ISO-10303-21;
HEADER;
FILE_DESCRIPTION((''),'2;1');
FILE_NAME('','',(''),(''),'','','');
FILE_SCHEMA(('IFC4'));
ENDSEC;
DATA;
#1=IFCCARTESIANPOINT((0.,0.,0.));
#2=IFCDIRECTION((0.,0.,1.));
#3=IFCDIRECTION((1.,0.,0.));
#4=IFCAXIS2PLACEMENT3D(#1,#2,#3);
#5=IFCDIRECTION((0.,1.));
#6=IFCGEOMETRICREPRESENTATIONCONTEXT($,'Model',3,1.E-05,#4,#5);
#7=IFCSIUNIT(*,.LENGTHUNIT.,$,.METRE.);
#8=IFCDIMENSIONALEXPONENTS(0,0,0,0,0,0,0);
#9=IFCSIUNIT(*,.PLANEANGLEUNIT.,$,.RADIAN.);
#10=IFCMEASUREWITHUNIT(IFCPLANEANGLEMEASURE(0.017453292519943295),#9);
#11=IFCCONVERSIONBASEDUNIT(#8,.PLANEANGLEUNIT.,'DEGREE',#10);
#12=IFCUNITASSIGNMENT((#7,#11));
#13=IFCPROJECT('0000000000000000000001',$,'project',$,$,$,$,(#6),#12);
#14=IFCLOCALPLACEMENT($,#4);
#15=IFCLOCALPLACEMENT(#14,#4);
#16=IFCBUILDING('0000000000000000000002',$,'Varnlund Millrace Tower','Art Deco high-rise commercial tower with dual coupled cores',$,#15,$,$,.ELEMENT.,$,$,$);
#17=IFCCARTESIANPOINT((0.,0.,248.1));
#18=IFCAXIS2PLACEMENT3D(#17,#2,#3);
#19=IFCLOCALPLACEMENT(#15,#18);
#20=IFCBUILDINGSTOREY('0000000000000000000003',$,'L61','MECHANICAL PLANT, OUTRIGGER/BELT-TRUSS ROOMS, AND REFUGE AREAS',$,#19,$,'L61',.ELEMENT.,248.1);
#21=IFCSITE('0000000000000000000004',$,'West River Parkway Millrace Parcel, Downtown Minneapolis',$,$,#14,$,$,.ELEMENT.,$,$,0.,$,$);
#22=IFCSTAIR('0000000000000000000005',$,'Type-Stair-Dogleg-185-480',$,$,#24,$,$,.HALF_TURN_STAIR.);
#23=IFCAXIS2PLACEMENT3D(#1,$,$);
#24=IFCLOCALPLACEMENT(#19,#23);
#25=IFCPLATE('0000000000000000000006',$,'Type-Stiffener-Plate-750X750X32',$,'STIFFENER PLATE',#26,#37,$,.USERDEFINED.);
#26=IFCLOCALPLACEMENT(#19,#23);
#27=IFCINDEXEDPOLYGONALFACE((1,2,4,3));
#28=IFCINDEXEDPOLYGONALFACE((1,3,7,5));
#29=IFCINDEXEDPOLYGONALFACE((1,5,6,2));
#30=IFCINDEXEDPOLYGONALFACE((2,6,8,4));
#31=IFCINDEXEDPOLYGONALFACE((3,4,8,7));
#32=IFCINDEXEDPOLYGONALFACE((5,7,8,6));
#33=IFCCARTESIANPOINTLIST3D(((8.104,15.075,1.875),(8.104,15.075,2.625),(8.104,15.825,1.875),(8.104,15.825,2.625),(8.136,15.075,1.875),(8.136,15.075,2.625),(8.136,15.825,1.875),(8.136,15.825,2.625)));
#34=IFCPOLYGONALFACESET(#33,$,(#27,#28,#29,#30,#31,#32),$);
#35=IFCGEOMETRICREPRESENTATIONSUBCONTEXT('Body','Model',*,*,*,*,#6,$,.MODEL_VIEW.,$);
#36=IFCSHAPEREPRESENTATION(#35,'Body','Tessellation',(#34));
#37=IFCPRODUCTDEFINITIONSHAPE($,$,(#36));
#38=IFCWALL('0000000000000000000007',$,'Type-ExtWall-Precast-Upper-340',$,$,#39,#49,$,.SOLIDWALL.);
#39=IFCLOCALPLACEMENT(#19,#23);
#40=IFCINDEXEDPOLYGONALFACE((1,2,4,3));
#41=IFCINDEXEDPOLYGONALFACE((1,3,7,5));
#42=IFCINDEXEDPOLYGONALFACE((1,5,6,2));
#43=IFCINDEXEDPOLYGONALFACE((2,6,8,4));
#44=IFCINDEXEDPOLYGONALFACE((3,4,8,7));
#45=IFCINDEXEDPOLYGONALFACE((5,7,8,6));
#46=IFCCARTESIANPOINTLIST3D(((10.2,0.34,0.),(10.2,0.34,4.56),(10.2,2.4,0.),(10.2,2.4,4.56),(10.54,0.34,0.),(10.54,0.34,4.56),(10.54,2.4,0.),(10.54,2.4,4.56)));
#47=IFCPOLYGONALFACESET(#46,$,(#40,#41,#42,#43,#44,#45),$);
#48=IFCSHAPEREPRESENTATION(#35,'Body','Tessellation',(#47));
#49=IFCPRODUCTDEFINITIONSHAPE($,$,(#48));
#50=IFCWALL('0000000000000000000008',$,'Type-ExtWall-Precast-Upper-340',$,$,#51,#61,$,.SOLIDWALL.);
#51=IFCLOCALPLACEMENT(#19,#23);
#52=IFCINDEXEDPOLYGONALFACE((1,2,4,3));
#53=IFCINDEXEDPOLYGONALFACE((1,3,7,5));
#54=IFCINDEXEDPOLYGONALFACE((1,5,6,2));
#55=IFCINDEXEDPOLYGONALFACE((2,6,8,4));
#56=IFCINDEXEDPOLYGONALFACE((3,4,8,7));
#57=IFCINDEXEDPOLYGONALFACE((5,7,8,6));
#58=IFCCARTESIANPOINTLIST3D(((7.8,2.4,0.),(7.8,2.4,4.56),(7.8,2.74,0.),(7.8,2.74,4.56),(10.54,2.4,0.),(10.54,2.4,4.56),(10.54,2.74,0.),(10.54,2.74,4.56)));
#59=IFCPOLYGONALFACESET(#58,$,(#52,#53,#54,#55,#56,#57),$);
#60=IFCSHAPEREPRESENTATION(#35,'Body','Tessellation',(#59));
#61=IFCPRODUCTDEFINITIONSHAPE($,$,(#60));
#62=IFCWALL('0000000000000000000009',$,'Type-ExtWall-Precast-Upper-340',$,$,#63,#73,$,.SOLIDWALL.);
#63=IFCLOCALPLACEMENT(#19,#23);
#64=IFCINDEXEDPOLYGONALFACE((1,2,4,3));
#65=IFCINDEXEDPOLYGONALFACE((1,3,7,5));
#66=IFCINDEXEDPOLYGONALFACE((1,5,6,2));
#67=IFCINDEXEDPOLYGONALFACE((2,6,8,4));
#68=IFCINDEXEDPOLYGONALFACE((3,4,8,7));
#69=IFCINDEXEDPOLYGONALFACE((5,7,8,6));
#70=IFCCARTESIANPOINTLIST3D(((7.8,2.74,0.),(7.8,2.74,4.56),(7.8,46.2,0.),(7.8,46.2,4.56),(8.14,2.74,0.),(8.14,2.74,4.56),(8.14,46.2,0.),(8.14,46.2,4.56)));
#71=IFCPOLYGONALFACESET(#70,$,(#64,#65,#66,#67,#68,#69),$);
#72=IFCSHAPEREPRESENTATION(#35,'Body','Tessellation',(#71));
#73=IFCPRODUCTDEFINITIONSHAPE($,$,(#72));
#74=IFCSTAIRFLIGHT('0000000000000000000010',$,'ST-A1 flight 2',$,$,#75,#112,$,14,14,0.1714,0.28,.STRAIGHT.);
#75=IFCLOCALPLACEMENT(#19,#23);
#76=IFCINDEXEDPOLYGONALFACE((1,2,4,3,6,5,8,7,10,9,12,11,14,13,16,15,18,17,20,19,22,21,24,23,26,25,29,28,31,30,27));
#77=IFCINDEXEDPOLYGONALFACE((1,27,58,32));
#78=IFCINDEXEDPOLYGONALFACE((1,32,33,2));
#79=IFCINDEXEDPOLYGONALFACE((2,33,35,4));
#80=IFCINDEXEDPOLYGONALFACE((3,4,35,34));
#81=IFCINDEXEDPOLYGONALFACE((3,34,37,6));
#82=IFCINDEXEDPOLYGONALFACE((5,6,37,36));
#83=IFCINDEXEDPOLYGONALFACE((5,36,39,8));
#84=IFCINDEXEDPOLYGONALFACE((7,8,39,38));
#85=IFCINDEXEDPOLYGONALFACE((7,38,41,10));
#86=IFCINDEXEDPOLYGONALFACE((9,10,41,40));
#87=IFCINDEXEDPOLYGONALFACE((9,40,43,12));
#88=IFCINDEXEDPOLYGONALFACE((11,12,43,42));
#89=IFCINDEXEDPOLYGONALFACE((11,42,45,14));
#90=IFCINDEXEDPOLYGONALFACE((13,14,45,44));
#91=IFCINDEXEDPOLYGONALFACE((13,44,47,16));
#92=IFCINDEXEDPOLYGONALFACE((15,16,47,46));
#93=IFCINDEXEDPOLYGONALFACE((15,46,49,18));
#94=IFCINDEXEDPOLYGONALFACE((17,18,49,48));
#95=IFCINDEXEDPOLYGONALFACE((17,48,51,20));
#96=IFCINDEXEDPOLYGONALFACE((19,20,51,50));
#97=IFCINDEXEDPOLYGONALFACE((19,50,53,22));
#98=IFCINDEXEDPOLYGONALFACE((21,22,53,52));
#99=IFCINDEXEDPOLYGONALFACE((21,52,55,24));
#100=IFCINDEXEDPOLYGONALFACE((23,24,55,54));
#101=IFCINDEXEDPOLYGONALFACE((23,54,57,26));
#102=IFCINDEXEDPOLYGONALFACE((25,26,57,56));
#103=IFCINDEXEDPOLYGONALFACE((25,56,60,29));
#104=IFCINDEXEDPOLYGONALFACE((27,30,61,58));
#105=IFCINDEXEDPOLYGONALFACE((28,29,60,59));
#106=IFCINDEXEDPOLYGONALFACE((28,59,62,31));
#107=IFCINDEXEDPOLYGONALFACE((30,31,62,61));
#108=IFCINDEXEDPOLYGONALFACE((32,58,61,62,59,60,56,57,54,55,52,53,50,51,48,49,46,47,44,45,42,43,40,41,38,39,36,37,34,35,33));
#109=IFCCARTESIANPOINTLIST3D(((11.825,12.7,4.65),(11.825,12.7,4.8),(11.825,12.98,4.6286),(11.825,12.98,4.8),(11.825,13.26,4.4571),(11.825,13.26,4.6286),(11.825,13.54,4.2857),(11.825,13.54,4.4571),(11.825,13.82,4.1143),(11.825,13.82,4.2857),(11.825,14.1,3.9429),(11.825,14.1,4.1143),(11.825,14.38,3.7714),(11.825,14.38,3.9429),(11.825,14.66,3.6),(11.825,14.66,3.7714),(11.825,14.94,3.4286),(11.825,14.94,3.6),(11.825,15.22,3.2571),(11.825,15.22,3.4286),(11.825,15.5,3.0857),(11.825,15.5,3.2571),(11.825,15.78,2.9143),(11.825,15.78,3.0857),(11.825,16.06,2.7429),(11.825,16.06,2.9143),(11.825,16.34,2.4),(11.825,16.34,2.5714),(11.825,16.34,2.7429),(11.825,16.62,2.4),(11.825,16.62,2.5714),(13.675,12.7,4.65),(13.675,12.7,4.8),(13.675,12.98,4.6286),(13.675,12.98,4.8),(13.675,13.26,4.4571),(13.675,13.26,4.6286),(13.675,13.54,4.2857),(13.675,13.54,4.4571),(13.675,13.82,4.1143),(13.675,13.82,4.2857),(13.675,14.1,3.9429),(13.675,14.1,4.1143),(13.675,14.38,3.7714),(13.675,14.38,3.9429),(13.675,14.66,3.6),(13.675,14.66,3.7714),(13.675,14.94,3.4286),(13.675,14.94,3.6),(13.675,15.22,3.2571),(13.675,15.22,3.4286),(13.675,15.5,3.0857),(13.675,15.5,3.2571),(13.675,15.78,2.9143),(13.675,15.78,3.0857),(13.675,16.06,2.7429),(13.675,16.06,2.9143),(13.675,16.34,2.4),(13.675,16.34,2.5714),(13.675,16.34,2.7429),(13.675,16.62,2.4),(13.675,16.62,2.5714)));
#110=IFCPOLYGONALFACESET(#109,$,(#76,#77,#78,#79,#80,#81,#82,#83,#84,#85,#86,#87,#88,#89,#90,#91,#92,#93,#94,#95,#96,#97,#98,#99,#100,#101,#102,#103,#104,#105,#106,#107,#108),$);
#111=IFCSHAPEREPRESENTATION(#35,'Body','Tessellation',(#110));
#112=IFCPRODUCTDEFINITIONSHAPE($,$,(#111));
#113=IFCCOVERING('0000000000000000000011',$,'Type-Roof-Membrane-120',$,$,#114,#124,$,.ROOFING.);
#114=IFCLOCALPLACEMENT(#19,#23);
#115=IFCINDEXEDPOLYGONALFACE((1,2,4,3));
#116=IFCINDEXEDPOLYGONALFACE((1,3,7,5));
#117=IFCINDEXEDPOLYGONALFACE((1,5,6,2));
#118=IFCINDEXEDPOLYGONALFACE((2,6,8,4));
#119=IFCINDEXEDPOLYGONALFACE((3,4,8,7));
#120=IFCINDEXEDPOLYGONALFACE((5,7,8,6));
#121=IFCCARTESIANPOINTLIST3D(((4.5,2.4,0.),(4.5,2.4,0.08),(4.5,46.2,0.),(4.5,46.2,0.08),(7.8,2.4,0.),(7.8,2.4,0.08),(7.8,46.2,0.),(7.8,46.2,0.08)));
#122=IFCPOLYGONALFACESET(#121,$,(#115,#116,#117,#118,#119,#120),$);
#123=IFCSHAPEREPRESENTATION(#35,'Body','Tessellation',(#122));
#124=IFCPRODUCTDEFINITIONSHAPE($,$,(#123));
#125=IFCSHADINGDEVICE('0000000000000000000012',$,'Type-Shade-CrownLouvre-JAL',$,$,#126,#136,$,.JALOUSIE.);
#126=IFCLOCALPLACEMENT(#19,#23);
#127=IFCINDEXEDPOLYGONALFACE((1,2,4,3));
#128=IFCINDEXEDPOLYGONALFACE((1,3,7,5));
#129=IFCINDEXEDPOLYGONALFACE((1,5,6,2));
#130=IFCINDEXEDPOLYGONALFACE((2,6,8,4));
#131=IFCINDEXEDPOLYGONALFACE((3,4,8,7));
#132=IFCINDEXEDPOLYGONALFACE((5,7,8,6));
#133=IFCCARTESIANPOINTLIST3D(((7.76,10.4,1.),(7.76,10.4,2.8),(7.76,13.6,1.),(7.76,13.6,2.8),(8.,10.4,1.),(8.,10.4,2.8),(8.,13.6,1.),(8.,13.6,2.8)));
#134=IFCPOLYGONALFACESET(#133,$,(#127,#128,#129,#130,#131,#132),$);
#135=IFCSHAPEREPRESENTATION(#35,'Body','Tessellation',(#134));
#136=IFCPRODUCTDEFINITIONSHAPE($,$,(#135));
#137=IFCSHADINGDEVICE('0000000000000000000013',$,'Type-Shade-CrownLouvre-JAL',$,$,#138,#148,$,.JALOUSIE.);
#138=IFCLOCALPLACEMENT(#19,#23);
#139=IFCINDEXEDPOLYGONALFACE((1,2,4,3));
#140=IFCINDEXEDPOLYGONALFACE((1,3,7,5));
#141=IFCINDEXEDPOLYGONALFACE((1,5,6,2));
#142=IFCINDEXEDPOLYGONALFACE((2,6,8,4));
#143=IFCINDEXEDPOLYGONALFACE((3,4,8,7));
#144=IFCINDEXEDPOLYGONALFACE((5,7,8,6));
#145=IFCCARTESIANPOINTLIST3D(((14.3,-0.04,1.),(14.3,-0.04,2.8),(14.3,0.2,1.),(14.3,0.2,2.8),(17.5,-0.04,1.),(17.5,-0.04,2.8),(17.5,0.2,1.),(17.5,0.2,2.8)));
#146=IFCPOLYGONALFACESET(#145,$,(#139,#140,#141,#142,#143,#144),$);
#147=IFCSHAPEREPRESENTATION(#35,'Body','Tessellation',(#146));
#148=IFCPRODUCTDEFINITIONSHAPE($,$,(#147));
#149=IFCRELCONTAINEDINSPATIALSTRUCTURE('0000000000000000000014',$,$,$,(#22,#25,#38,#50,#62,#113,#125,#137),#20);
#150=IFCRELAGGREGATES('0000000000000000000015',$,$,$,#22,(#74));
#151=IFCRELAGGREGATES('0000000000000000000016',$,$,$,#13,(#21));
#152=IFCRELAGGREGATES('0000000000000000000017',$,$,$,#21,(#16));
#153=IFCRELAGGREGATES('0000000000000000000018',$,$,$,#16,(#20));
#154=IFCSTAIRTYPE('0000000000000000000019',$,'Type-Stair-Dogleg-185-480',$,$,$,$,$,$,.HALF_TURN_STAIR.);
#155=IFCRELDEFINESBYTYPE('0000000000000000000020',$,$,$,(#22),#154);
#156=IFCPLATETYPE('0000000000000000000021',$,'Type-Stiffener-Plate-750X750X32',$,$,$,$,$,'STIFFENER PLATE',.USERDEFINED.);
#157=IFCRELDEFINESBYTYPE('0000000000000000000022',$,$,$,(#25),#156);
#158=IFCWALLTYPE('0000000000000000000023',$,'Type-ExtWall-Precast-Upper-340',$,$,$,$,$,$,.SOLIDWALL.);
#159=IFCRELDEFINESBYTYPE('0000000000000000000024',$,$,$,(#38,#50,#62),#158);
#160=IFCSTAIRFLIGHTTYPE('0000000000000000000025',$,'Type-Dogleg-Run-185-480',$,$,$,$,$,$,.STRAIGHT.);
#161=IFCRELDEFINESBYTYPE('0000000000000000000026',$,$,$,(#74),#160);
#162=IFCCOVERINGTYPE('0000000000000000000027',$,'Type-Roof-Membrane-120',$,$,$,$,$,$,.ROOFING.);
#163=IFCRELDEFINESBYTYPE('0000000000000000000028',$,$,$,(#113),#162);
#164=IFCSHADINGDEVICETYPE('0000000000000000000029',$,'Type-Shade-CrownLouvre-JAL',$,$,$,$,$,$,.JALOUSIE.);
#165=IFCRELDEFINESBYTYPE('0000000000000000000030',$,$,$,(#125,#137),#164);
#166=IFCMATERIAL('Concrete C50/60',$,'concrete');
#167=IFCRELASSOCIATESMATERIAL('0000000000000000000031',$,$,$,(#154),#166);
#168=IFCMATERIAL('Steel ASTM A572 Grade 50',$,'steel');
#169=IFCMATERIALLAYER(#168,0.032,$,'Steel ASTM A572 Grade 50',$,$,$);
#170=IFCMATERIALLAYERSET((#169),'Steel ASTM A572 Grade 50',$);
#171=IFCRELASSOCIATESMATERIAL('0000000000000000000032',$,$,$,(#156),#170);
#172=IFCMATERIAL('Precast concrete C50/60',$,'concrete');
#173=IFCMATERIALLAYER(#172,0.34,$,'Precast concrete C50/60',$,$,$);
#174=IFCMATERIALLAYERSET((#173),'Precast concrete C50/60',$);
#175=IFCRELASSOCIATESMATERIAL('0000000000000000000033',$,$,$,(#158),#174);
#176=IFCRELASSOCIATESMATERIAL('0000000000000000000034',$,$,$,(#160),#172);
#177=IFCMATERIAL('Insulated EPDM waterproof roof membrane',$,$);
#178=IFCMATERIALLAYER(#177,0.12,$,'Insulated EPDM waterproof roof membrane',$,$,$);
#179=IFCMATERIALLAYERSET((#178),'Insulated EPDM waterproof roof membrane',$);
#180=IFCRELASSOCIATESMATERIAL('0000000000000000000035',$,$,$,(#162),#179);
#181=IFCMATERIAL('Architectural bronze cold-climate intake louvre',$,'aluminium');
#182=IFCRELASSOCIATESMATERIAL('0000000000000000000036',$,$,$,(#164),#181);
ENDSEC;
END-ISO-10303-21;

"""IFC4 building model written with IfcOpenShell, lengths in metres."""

from ifc_helpers import new_model, entity, si_unit, converted_unit, direction, frame, origin_with_axes, origin_2d_with_axis, place, context, subcontext, project, spatial, polyline, rectangle, outline, extrude, material, layer, layer_set, type_object, element, aggregate, save


model = new_model("IFC4")

# Units and contexts
model_context = context("Model", 3, precision=1e-05, world=origin_with_axes(), true_north=direction((0.0, 1.0)))
body_context = subcontext(model_context, "Body", "Model", "MODEL_VIEW")
ifc_project = project(units=[si_unit("LENGTHUNIT", "METRE"), converted_unit("PLANEANGLEUNIT", "DEGREE", entity("IfcPlaneAngleMeasure", 0.017453292519943295), si_unit("PLANEANGLEUNIT", "RADIAN"), dimensions=[0, 0, 0, 0, 0, 0, 0])], contexts=[model_context])

# Site, building, storey
site_placement = place(None, origin_with_axes())
site = spatial("IfcSite", under=ifc_project, at=site_placement, Name="West River Parkway Millrace Parcel, Downtown Minneapolis", CompositionType="ELEMENT", RefElevation=0.0)
building_placement = place(site_placement, origin_with_axes())
building = spatial("IfcBuilding", under=site, at=building_placement, Name="Varnlund Millrace Tower", Description="Art Deco high-rise commercial tower with dual coupled cores", CompositionType="ELEMENT")
storey_placement = place(building_placement, frame((0.0, 0.0, 248.1), z_axis=(0.0, 0.0, 1.0), x_axis=(1.0, 0.0, 0.0)))
storey = spatial("IfcBuildingStorey", under=building, at=storey_placement, Name="L61", Description="MECHANICAL PLANT, OUTRIGGER/BELT-TRUSS ROOMS, AND REFUGE AREAS", LongName="L61", CompositionType="ELEMENT", Elevation=248.1)

# Shared definitions
ifc_material_1 = material(Name="Steel ASTM A572 Grade 50", Category="steel")

# Stair
ifc_material_2 = material(Name="Concrete C50/60", Category="concrete")
stair_type_1 = type_object("IfcStairType", Name="Type-Stair-Dogleg-185-480", PredefinedType="HALF_TURN_STAIR", material=ifc_material_2)
stair_1_placement = place(storey_placement, origin_with_axes())
stair_1 = element("IfcStair", 1, at=stair_1_placement, inside=storey, type_object=stair_type_1, Name="Type-Stair-Dogleg-185-480", PredefinedType="HALF_TURN_STAIR")

# Plate
ifc_layer_1 = layer(ifc_material_1, 0.032, Name="Steel ASTM A572 Grade 50")
ifc_layer_set_1 = layer_set([ifc_layer_1], Name="Steel ASTM A572 Grade 50")
plate_type_1 = type_object("IfcPlateType", Name="Type-Stiffener-Plate-750X750X32", ElementType="STIFFENER PLATE", PredefinedType="USERDEFINED", material=ifc_layer_set_1)
for number, where, z_axis, x_axis, name in (
    (2, (8.12, 15.45, 1.875), (0.0, 0.0, 1.0), (0.0, 1.0, 0.0), "Type-Stiffener-Plate-750X750X32"),
):
    element("IfcPlate", number, at=place(storey_placement, frame(where, z_axis=z_axis, x_axis=x_axis)), inside=storey, type_object=plate_type_1, Name=name, ObjectType="STIFFENER PLATE", PredefinedType="USERDEFINED", context=body_context, shape_type="SweptSolid", body=[
        extrude(rectangle(XDim=0.75, YDim=0.032, at=origin_2d_with_axis()), origin_with_axes(), (0.0, 0.0, 1.0), 0.75),
    ])

# Walls
ifc_material_3 = material(Name="Precast concrete C50/60", Category="concrete")
ifc_layer_2 = layer(ifc_material_3, 0.34, Name="Precast concrete C50/60")
ifc_layer_set_2 = layer_set([ifc_layer_2], Name="Precast concrete C50/60")
wall_type = type_object("IfcWallType", Name="Type-ExtWall-Precast-Upper-340", PredefinedType="SOLIDWALL", material=ifc_layer_set_2)
wall_1_placement = place(storey_placement, frame((10.37, 0.34, 0.0), z_axis=(0.0, 0.0, 1.0), x_axis=(0.0, 1.0, 0.0)))
element("IfcWall", 3, at=wall_1_placement, inside=storey, type_object=wall_type, Name="Type-ExtWall-Precast-Upper-340", PredefinedType="SOLIDWALL", context=body_context, shape_type="SweptSolid", body=[
    extrude(outline(polyline([(0.0, -0.17), (2.06, -0.17), (2.06, 0.17), (0.0, 0.17), (0.0, -0.17)])), origin_with_axes(), (0.0, 0.0, 1.0), 4.56),
])
wall_2_placement = place(storey_placement, frame((10.54, 2.57, 0.0), z_axis=(0.0, 0.0, 1.0), x_axis=(-1.0, 0.0, 0.0)))
element("IfcWall", 4, at=wall_2_placement, inside=storey, type_object=wall_type, Name="Type-ExtWall-Precast-Upper-340", PredefinedType="SOLIDWALL", context=body_context, shape_type="SweptSolid", body=[
    extrude(outline(polyline([(0.0, -0.17), (2.74, -0.17), (2.74, 0.17), (0.0, 0.17), (0.0, -0.17)])), origin_with_axes(), (0.0, 0.0, 1.0), 4.56),
])
wall_3_placement = place(storey_placement, frame((7.97, 2.74, 0.0), z_axis=(0.0, 0.0, 1.0), x_axis=(0.0, 1.0, 0.0)))
element("IfcWall", 5, at=wall_3_placement, inside=storey, type_object=wall_type, Name="Type-ExtWall-Precast-Upper-340", PredefinedType="SOLIDWALL", context=body_context, shape_type="SweptSolid", body=[
    extrude(outline(polyline([(0.0, -0.17), (43.46, -0.17), (43.46, 0.17), (0.0, 0.17), (0.0, -0.17)])), origin_with_axes(), (0.0, 0.0, 1.0), 4.56),
])

# Stair flight
stair_flight_type = type_object("IfcStairFlightType", Name="Type-Dogleg-Run-185-480", PredefinedType="STRAIGHT", material=ifc_material_3)
stair_flight_placement = place(storey_placement, frame((13.675, 16.62, 2.4), z_axis=(-1.0, 0.0, 0.0), x_axis=(0.0, -1.0, 0.0)))
stair_flight = element("IfcStairFlight", 6, at=stair_flight_placement, type_object=stair_flight_type, Name="ST-A1 flight 2", NumberOfRisers=14, NumberOfTreads=14, PredefinedType="STRAIGHT", RiserHeight=0.1714, TreadLength=0.28, context=body_context, shape_type="SweptSolid", body=[
    extrude(outline(polyline([(0.0, 0.0), (0.0, 0.1714), (0.28, 0.1714), (0.28, 0.3429), (0.56, 0.3429), (0.56, 0.5143), (0.84, 0.5143), (0.84, 0.6857), (1.12, 0.6857), (1.12, 0.8571), (1.4, 0.8571), (1.4, 1.0286), (1.68, 1.0286), (1.68, 1.2), (1.96, 1.2), (1.96, 1.3714), (2.24, 1.3714), (2.24, 1.5429), (2.52, 1.5429), (2.52, 1.7143), (2.8, 1.7143), (2.8, 1.8857), (3.08, 1.8857), (3.08, 2.0571), (3.36, 2.0571), (3.36, 2.2286), (3.64, 2.2286), (3.64, 2.4), (3.92, 2.4), (3.92, 2.25), (0.28, 0.0), (0.0, 0.0)])), origin_with_axes(), (0.0, 0.0, 1.0), 1.85),
])
aggregate(stair_1, [stair_flight])

# Covering
ifc_material_4 = material(Name="Insulated EPDM waterproof roof membrane")
ifc_layer_3 = layer(ifc_material_4, 0.12, Name="Insulated EPDM waterproof roof membrane")
ifc_layer_set_3 = layer_set([ifc_layer_3], Name="Insulated EPDM waterproof roof membrane")
covering_type = type_object("IfcCoveringType", Name="Type-Roof-Membrane-120", PredefinedType="ROOFING", material=ifc_layer_set_3)
covering_placement = place(storey_placement, origin_with_axes())
element("IfcCovering", 7, at=covering_placement, inside=storey, type_object=covering_type, Name="Type-Roof-Membrane-120", PredefinedType="ROOFING", context=body_context, shape_type="SweptSolid", body=[
    extrude(outline(polyline([(7.8, 2.4), (7.8, 46.2), (4.5, 46.2), (4.5, 2.4), (7.8, 2.4)])), origin_with_axes(), (0.0, 0.0, 1.0), 0.08),
])

# Shading devices
ifc_material_5 = material(Name="Architectural bronze cold-climate intake louvre", Category="aluminium")
shading_device_type = type_object("IfcShadingDeviceType", Name="Type-Shade-CrownLouvre-JAL", PredefinedType="JALOUSIE", material=ifc_material_5)
for number, where, z_axis, x_axis, name in (
    (8, (7.88, 12.0, 1.0), (0.0, 0.0, 1.0), (0.0, 1.0, 0.0), "Type-Shade-CrownLouvre-JAL"),
    (9, (15.9, 0.08, 1.0), (0.0, 0.0, 1.0), (1.0, 0.0, 0.0), "Type-Shade-CrownLouvre-JAL"),
):
    element("IfcShadingDevice", number, at=place(storey_placement, frame(where, z_axis=z_axis, x_axis=x_axis)), inside=storey, type_object=shading_device_type, Name=name, PredefinedType="JALOUSIE", context=body_context, shape_type="SweptSolid", body=[
        extrude(rectangle(XDim=3.2, YDim=0.24, at=origin_2d_with_axis()), origin_with_axes(), (0.0, 0.0, 1.0), 1.8),
    ])

save(model, "model.ifc")
